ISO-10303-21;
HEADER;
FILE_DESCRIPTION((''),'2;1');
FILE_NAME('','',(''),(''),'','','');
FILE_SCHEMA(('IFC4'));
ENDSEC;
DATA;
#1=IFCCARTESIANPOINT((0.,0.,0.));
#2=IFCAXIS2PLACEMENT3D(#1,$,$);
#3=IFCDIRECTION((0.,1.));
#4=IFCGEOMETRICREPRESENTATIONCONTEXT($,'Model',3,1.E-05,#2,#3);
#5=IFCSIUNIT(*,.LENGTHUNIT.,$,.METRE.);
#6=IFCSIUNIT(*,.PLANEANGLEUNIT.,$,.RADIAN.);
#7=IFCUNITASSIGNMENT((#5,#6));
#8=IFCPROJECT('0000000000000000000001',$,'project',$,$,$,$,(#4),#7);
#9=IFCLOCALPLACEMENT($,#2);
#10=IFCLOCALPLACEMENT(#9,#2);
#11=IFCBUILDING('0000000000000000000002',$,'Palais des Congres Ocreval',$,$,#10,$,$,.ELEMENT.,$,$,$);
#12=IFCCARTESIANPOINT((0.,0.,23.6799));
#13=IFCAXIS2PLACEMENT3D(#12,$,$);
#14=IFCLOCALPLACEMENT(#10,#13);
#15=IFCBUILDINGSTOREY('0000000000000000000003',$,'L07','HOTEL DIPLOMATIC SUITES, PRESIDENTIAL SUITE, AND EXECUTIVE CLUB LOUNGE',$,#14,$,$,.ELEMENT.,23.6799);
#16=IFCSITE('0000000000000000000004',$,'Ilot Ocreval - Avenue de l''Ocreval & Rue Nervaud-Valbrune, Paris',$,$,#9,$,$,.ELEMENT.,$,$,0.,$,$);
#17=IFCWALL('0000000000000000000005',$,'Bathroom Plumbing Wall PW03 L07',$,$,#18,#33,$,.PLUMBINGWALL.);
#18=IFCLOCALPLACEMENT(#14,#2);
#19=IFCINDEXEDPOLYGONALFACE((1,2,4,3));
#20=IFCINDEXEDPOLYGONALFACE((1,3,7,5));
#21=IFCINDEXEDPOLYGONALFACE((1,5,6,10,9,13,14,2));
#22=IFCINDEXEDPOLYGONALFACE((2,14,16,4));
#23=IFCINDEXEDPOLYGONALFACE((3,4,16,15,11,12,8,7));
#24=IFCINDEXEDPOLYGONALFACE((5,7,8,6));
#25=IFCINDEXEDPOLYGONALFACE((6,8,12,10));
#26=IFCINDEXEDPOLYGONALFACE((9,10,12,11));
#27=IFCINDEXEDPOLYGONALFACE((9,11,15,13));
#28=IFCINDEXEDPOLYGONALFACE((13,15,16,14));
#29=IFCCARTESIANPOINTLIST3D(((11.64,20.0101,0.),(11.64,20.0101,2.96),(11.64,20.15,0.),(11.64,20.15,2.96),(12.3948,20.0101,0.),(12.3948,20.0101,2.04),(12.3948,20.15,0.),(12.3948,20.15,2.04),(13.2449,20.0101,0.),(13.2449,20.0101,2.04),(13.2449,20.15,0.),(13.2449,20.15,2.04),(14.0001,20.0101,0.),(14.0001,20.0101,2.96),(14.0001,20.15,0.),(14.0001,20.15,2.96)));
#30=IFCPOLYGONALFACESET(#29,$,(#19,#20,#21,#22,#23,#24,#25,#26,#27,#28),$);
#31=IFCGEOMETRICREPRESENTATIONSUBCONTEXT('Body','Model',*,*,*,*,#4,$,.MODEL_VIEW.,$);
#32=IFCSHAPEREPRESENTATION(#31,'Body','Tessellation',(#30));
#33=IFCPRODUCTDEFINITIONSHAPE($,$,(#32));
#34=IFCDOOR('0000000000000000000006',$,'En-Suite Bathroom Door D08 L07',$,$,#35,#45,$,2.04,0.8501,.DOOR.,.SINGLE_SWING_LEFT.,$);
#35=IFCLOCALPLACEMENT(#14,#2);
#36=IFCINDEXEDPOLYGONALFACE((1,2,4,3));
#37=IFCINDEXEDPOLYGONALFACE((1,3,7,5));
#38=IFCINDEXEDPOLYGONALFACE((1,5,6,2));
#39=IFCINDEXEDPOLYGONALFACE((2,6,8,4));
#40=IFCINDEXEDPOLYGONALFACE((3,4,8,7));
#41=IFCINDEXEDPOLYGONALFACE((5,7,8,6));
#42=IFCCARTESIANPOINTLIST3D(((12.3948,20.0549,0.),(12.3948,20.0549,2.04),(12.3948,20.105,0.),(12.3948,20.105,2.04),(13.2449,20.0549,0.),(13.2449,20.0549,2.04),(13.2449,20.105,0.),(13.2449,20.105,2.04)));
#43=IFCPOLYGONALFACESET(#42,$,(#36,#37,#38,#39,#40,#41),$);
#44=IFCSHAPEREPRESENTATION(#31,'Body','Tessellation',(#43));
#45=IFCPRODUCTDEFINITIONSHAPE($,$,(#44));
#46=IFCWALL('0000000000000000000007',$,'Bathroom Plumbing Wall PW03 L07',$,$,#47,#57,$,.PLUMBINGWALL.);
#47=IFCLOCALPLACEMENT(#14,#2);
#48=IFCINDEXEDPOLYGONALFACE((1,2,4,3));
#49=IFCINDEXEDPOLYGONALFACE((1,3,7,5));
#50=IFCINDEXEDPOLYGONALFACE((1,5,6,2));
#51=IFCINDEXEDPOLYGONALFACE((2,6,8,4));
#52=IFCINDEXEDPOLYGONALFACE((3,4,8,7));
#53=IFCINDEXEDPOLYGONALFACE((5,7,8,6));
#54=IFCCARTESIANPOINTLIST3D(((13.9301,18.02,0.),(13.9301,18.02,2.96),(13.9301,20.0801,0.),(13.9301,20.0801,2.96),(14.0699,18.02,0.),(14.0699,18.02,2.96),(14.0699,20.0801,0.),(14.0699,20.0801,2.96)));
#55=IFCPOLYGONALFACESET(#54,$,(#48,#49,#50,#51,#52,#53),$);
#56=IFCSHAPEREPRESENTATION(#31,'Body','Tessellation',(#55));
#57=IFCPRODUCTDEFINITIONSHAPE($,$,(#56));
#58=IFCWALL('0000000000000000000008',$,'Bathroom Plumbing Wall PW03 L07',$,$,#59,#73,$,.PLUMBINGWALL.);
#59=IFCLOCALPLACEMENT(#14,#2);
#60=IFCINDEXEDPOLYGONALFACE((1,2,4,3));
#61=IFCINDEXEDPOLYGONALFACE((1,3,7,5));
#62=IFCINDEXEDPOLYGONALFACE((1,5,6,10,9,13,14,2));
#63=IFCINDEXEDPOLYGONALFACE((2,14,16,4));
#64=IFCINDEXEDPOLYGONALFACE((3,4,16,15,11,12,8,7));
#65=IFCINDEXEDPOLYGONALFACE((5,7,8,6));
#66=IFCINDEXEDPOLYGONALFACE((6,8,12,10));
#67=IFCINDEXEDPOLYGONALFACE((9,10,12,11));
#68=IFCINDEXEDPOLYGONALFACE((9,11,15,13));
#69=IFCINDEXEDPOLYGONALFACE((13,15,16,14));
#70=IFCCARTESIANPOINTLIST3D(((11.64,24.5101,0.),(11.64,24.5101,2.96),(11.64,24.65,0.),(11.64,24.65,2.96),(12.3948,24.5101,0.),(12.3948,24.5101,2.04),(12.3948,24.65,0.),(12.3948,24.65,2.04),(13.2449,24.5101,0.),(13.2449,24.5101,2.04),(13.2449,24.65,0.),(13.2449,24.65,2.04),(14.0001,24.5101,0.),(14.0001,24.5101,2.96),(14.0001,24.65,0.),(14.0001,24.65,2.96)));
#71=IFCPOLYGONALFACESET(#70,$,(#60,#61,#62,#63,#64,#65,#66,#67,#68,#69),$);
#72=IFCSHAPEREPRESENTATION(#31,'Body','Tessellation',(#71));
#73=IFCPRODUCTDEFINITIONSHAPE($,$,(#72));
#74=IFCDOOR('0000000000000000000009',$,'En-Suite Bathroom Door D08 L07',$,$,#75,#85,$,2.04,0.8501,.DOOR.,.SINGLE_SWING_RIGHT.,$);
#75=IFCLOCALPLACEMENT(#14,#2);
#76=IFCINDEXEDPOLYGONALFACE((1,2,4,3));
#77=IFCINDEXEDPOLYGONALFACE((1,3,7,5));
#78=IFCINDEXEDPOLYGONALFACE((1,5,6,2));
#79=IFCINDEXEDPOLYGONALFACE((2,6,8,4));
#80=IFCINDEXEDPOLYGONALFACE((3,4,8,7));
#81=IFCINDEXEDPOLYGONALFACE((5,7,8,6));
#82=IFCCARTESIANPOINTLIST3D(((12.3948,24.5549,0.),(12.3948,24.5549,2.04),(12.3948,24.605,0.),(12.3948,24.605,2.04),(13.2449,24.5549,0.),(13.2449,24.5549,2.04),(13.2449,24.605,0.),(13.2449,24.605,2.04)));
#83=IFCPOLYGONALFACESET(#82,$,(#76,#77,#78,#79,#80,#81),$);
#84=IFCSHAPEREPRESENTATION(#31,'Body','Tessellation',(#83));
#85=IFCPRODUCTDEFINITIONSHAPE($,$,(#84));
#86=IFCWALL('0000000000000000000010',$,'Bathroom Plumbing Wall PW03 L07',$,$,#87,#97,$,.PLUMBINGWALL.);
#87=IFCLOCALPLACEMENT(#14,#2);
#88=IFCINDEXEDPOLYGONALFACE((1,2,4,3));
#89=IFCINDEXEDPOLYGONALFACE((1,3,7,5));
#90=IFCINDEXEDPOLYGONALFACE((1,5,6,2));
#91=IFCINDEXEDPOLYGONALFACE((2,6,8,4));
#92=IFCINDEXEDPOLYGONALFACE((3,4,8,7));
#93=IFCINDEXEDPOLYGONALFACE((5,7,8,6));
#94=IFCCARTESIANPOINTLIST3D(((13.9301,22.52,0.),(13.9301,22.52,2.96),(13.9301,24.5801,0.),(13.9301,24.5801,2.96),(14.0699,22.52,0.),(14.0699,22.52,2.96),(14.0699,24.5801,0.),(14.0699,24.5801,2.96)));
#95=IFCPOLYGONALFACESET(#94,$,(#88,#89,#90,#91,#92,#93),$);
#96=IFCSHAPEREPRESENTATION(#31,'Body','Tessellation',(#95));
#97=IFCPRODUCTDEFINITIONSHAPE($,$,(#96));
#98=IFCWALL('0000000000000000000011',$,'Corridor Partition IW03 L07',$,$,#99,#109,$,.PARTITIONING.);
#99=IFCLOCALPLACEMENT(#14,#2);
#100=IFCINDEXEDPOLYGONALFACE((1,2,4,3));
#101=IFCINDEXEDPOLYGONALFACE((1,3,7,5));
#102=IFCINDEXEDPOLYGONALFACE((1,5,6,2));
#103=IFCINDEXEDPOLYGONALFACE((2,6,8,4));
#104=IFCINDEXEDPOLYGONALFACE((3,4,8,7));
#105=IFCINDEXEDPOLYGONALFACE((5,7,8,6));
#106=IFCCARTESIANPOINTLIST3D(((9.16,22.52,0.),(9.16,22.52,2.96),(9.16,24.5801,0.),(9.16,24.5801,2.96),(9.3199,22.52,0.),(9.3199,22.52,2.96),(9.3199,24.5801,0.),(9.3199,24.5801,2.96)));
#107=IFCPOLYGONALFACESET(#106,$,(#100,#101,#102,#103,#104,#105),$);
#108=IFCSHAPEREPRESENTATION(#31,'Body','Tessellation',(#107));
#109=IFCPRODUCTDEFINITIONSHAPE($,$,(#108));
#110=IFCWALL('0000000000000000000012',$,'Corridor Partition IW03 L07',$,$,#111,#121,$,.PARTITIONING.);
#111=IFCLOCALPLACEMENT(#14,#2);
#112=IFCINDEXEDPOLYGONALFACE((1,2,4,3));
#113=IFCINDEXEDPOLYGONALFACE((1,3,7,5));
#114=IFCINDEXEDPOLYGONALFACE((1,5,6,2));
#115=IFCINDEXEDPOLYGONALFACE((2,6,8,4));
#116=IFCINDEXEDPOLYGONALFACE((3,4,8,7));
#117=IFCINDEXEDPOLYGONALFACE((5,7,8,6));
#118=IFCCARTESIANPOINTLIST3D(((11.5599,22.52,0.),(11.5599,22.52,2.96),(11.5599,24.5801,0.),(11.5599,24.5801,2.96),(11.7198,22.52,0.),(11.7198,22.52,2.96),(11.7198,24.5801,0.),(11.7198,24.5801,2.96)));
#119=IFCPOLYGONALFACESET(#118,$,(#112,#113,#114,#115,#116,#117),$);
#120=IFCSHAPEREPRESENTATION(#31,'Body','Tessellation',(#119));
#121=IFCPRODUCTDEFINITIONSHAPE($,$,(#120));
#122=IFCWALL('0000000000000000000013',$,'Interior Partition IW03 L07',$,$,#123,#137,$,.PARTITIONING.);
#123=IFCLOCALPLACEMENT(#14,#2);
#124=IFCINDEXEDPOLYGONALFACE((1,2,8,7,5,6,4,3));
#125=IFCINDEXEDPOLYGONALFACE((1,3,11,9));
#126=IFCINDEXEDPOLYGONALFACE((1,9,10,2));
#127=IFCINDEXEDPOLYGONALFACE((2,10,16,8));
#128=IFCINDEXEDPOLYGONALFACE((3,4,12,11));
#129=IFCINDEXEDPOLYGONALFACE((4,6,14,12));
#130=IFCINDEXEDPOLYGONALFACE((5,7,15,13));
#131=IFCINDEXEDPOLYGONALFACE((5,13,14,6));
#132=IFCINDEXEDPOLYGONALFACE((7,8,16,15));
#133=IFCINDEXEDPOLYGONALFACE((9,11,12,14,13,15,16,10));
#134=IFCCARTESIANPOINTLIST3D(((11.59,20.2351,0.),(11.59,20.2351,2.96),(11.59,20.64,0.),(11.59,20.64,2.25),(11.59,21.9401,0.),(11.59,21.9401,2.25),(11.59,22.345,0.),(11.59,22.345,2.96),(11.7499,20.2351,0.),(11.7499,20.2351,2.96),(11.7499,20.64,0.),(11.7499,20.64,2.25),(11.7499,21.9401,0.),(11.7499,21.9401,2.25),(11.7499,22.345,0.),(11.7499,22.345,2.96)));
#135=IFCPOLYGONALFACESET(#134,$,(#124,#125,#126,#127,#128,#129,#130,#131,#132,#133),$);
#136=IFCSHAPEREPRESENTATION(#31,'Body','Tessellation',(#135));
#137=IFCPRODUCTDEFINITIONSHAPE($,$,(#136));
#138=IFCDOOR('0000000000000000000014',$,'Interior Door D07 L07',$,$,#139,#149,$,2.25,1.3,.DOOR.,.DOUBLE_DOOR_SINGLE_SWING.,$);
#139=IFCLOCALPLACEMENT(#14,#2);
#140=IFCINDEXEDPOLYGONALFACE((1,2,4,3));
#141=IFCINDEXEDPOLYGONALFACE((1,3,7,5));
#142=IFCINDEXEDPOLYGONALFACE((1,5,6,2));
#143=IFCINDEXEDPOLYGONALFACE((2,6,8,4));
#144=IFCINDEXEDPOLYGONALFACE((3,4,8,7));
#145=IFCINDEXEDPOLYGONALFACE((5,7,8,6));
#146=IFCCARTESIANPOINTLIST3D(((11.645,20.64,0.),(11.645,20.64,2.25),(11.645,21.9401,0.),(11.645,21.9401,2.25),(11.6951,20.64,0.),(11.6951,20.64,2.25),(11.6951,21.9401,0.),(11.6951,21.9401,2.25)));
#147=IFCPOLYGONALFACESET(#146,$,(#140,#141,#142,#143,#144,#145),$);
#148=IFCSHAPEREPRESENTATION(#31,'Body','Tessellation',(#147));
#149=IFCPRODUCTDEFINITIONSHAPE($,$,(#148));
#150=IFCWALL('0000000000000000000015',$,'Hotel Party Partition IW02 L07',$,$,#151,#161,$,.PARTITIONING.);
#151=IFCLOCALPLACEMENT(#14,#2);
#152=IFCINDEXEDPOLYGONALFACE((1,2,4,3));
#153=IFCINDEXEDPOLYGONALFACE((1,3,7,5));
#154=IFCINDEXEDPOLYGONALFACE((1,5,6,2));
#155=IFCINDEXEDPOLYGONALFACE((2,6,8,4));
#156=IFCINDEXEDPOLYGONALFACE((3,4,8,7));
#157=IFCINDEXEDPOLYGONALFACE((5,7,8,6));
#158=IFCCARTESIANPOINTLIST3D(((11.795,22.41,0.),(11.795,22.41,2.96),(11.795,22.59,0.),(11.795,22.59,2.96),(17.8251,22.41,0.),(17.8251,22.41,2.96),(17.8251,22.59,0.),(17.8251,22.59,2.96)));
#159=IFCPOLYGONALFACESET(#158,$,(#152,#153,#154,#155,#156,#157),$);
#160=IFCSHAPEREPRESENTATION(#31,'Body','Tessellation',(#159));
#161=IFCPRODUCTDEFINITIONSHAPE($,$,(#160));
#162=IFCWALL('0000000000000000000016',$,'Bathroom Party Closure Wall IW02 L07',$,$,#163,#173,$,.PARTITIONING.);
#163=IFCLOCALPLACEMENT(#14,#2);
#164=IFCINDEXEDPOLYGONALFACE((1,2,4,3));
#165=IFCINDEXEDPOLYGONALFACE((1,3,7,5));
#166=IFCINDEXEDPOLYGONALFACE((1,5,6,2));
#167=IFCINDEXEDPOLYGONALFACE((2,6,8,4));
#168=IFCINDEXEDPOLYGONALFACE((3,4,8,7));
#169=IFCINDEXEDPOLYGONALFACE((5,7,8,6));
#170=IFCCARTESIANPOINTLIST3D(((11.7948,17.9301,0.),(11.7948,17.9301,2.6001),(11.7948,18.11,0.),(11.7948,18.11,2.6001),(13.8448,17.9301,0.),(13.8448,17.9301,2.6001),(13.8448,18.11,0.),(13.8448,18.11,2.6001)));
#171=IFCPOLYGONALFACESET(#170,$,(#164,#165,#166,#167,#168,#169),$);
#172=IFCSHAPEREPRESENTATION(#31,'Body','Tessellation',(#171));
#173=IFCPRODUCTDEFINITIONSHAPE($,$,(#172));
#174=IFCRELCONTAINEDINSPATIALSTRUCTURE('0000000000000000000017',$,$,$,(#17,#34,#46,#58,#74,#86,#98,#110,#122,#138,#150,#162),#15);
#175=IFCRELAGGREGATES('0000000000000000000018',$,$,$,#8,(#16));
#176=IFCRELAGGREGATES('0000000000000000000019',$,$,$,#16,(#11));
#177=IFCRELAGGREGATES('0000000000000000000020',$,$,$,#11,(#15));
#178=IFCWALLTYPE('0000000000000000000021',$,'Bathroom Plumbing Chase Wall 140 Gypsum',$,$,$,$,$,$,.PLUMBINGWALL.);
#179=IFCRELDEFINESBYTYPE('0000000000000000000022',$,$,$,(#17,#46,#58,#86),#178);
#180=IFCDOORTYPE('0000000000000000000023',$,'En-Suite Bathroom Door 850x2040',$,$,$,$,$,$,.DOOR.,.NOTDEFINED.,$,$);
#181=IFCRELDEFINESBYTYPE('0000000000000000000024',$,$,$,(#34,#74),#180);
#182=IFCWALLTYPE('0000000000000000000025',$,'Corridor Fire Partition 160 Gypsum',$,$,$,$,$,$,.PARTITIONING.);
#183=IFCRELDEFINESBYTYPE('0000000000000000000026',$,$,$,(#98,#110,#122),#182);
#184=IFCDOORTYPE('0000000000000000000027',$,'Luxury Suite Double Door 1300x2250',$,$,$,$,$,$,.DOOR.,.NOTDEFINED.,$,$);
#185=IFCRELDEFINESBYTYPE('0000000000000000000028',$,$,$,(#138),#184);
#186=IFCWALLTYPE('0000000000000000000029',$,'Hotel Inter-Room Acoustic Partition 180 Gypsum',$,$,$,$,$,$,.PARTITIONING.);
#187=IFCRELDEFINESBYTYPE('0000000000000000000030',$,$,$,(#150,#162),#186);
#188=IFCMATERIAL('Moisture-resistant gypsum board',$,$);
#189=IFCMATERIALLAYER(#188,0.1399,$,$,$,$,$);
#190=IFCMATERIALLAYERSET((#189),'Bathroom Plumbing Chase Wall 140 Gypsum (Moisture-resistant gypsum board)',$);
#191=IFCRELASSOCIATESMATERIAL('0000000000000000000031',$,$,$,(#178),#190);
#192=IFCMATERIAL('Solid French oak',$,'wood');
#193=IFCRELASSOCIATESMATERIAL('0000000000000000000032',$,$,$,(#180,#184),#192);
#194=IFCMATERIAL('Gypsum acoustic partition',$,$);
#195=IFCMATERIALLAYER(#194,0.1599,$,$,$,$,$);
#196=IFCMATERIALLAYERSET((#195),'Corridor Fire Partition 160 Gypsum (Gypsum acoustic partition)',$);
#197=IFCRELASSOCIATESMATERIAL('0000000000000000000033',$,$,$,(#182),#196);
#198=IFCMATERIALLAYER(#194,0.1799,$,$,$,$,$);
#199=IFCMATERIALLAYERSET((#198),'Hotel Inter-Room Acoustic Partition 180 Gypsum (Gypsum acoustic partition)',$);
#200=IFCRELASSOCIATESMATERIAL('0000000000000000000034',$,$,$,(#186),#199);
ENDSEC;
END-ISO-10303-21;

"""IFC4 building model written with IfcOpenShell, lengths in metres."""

from ifc_helpers import new_model, si_unit, direction, frame, frame_2d, origin, place, context, subcontext, project, spatial, rectangle, extrude, material, layer, layer_set, type_object, element, fill, save


model = new_model("IFC4")

# Units and contexts
model_context = context("Model", 3, precision=1e-05, world=origin(), true_north=direction((0.0, 1.0)))
body_context = subcontext(model_context, "Body", "Model", "MODEL_VIEW")
ifc_project = project(units=[si_unit("LENGTHUNIT", "METRE"), si_unit("PLANEANGLEUNIT", "RADIAN")], contexts=[model_context])

# Site, building, storey
site_placement = place(None, origin())
site = spatial("IfcSite", under=ifc_project, at=site_placement, Name="Ilot Ocreval - Avenue de l'Ocreval & Rue Nervaud-Valbrune, Paris", CompositionType="ELEMENT", RefElevation=0.0)
building_placement = place(site_placement, origin())
building = spatial("IfcBuilding", under=site, at=building_placement, Name="Palais des Congres Ocreval", CompositionType="ELEMENT")
storey_placement = place(building_placement, frame((0.0, 0.0, 23.6799)))
storey = spatial("IfcBuildingStorey", under=building, at=storey_placement, Name="L07", Description="HOTEL DIPLOMATIC SUITES, PRESIDENTIAL SUITE, AND EXECUTIVE CLUB LOUNGE", CompositionType="ELEMENT", Elevation=23.6799)

# Wall, opening, door
ifc_material_1 = material(Name="Moisture-resistant gypsum board")
ifc_layer_1 = layer(ifc_material_1, 0.1399)
ifc_layer_set_1 = layer_set([ifc_layer_1], Name="Bathroom Plumbing Chase Wall 140 Gypsum (Moisture-resistant gypsum board)")
wall_type_1 = type_object("IfcWallType", Name="Bathroom Plumbing Chase Wall 140 Gypsum", PredefinedType="PLUMBINGWALL", material=ifc_layer_set_1)
wall_1_placement = place(storey_placement, frame((11.6399, 20.0801, 0.0), z_axis=(0.0, 0.0, 1.0), x_axis=(1.0, 0.0, 0.0)))
wall_1 = element("IfcWall", 1, at=wall_1_placement, inside=storey, type_object=wall_type_1, Name="Bathroom Plumbing Wall PW03 L07", PredefinedType="PLUMBINGWALL", context=body_context, shape_type="SweptSolid", body=[
    extrude(rectangle(XDim=2.3601, YDim=0.1399, at=frame_2d((1.1802, 0.0))), origin(), (0.0, 0.0, 1.0), 2.96),
])
opening_1_placement = place(wall_1_placement, frame((0.7549, 0.0, 0.0)))
opening_1 = element("IfcOpeningElement", 2, at=opening_1_placement, cuts=wall_1, PredefinedType="OPENING", context=body_context, shape_type="SweptSolid", body=[
    extrude(rectangle(XDim=0.8501, YDim=2.04, at=frame_2d((0.425, 1.02))), frame((0.0, 0.0798, 0.0), z_axis=(0.0, -1.0, 0.0), x_axis=(1.0, 0.0, 0.0)), (0.0, 0.0, 1.0), 0.1599),
])
ifc_material_2 = material(Name="Solid French oak", Category="wood")
door_type_1 = type_object("IfcDoorType", Name="En-Suite Bathroom Door 850x2040", OperationType="NOTDEFINED", PredefinedType="DOOR", material=ifc_material_2)
door_1_placement = place(opening_1_placement, origin())
door_1 = element("IfcDoor", 3, at=door_1_placement, inside=storey, type_object=door_type_1, Name="En-Suite Bathroom Door D08 L07", OperationType="SINGLE_SWING_LEFT", OverallHeight=2.04, OverallWidth=0.8501, PredefinedType="DOOR", context=body_context, shape_type="SweptSolid", body=[
    extrude(rectangle(XDim=0.8501, YDim=2.04, at=frame_2d((0.425, 1.02))), frame((0.0, 0.0249, 0.0), z_axis=(0.0, -1.0, 0.0), x_axis=(1.0, 0.0, 0.0)), (0.0, 0.0, 1.0), 0.05),
])
fill(opening_1, door_1)

# Wall
wall_2_placement = place(storey_placement, frame((14.0, 18.02, 0.0), z_axis=(0.0, 0.0, 1.0), x_axis=(0.0, 1.0, 0.0)))
element("IfcWall", 4, at=wall_2_placement, inside=storey, type_object=wall_type_1, Name="Bathroom Plumbing Wall PW03 L07", PredefinedType="PLUMBINGWALL", context=body_context, shape_type="SweptSolid", body=[
    extrude(rectangle(XDim=2.0601, YDim=0.1399, at=frame_2d((1.03, 0.0))), origin(), (0.0, 0.0, 1.0), 2.96),
])

# Wall, opening, door
wall_3_placement = place(storey_placement, frame((11.6399, 24.5801, 0.0), z_axis=(0.0, 0.0, 1.0), x_axis=(1.0, 0.0, 0.0)))
wall_3 = element("IfcWall", 5, at=wall_3_placement, inside=storey, type_object=wall_type_1, Name="Bathroom Plumbing Wall PW03 L07", PredefinedType="PLUMBINGWALL", context=body_context, shape_type="SweptSolid", body=[
    extrude(rectangle(XDim=2.3601, YDim=0.1399, at=frame_2d((1.1802, 0.0))), origin(), (0.0, 0.0, 1.0), 2.96),
])
opening_2_placement = place(wall_3_placement, frame((0.7549, 0.0, 0.0)))
opening_2 = element("IfcOpeningElement", 6, at=opening_2_placement, cuts=wall_3, PredefinedType="OPENING", context=body_context, shape_type="SweptSolid", body=[
    extrude(rectangle(XDim=0.8501, YDim=2.04, at=frame_2d((0.425, 1.02))), frame((0.0, 0.0798, 0.0), z_axis=(0.0, -1.0, 0.0), x_axis=(1.0, 0.0, 0.0)), (0.0, 0.0, 1.0), 0.1599),
])
door_2_placement = place(opening_2_placement, origin())
door_2 = element("IfcDoor", 7, at=door_2_placement, inside=storey, type_object=door_type_1, Name="En-Suite Bathroom Door D08 L07", OperationType="SINGLE_SWING_RIGHT", OverallHeight=2.04, OverallWidth=0.8501, PredefinedType="DOOR", context=body_context, shape_type="SweptSolid", body=[
    extrude(rectangle(XDim=0.8501, YDim=2.04, at=frame_2d((0.425, 1.02))), frame((0.0, 0.0249, 0.0), z_axis=(0.0, -1.0, 0.0), x_axis=(1.0, 0.0, 0.0)), (0.0, 0.0, 1.0), 0.05),
])
fill(opening_2, door_2)

# Walls
wall_4_placement = place(storey_placement, frame((14.0, 22.52, 0.0), z_axis=(0.0, 0.0, 1.0), x_axis=(0.0, 1.0, 0.0)))
element("IfcWall", 8, at=wall_4_placement, inside=storey, type_object=wall_type_1, Name="Bathroom Plumbing Wall PW03 L07", PredefinedType="PLUMBINGWALL", context=body_context, shape_type="SweptSolid", body=[
    extrude(rectangle(XDim=2.0601, YDim=0.1399, at=frame_2d((1.03, 0.0))), origin(), (0.0, 0.0, 1.0), 2.96),
])
ifc_material_3 = material(Name="Gypsum acoustic partition")
ifc_layer_2 = layer(ifc_material_3, 0.1599)
ifc_layer_set_2 = layer_set([ifc_layer_2], Name="Corridor Fire Partition 160 Gypsum (Gypsum acoustic partition)")
wall_type_2 = type_object("IfcWallType", Name="Corridor Fire Partition 160 Gypsum", PredefinedType="PARTITIONING", material=ifc_layer_set_2)
for number, where, z_axis, x_axis, name in (
    (9, (9.24, 22.52, 0.0), (0.0, 0.0, 1.0), (0.0, 1.0, 0.0), "Corridor Partition IW03 L07"),
    (10, (11.6399, 22.52, 0.0), (0.0, 0.0, 1.0), (0.0, 1.0, 0.0), "Corridor Partition IW03 L07"),
):
    element("IfcWall", number, at=place(storey_placement, frame(where, z_axis=z_axis, x_axis=x_axis)), inside=storey, type_object=wall_type_2, Name=name, PredefinedType="PARTITIONING", context=body_context, shape_type="SweptSolid", body=[
        extrude(rectangle(XDim=2.0601, YDim=0.1599, at=frame_2d((1.03, 0.0))), origin(), (0.0, 0.0, 1.0), 2.96),
    ])

# Wall, opening, door
wall_5_placement = place(storey_placement, frame((11.6699, 20.2351, 0.0), z_axis=(0.0, 0.0, 1.0), x_axis=(0.0, 1.0, 0.0)))
wall_5 = element("IfcWall", 11, at=wall_5_placement, inside=storey, type_object=wall_type_2, Name="Interior Partition IW03 L07", PredefinedType="PARTITIONING", context=body_context, shape_type="SweptSolid", body=[
    extrude(rectangle(XDim=2.1099, YDim=0.1599, at=frame_2d((1.0549, 0.0))), origin(), (0.0, 0.0, 1.0), 2.96),
])
opening_3_placement = place(wall_5_placement, frame((0.405, 0.0, 0.0)))
opening_3 = element("IfcOpeningElement", 12, at=opening_3_placement, cuts=wall_5, PredefinedType="OPENING", context=body_context, shape_type="SweptSolid", body=[
    extrude(rectangle(XDim=1.3, YDim=2.25, at=frame_2d((0.6499, 1.125))), frame((0.0, 0.0898, 0.0), z_axis=(0.0, -1.0, 0.0), x_axis=(1.0, 0.0, 0.0)), (0.0, 0.0, 1.0), 0.1799),
])
door_type_2 = type_object("IfcDoorType", Name="Luxury Suite Double Door 1300x2250", OperationType="NOTDEFINED", PredefinedType="DOOR", material=ifc_material_2)
door_3_placement = place(opening_3_placement, origin())
door_3 = element("IfcDoor", 13, at=door_3_placement, inside=storey, type_object=door_type_2, Name="Interior Door D07 L07", OperationType="DOUBLE_DOOR_SINGLE_SWING", OverallHeight=2.25, OverallWidth=1.3, PredefinedType="DOOR", context=body_context, shape_type="SweptSolid", body=[
    extrude(rectangle(XDim=1.3, YDim=2.25, at=frame_2d((0.6499, 1.125))), frame((0.0, 0.0249, 0.0), z_axis=(0.0, -1.0, 0.0), x_axis=(1.0, 0.0, 0.0)), (0.0, 0.0, 1.0), 0.05),
])
fill(opening_3, door_3)

# Walls
ifc_layer_3 = layer(ifc_material_3, 0.1799)
ifc_layer_set_3 = layer_set([ifc_layer_3], Name="Hotel Inter-Room Acoustic Partition 180 Gypsum (Gypsum acoustic partition)")
wall_type_3 = type_object("IfcWallType", Name="Hotel Inter-Room Acoustic Partition 180 Gypsum", PredefinedType="PARTITIONING", material=ifc_layer_set_3)
wall_6_placement = place(storey_placement, frame((11.7949, 22.5, 0.0), z_axis=(0.0, 0.0, 1.0), x_axis=(1.0, 0.0, 0.0)))
element("IfcWall", 14, at=wall_6_placement, inside=storey, type_object=wall_type_3, Name="Hotel Party Partition IW02 L07", PredefinedType="PARTITIONING", context=body_context, shape_type="SweptSolid", body=[
    extrude(rectangle(XDim=6.03, YDim=0.1799, at=frame_2d((3.0151, 0.0))), origin(), (0.0, 0.0, 1.0), 2.96),
])
wall_7_placement = place(storey_placement, frame((11.7949, 18.02, 0.0), z_axis=(0.0, 0.0, 1.0), x_axis=(1.0, 0.0, 0.0)))
element("IfcWall", 15, at=wall_7_placement, inside=storey, type_object=wall_type_3, Name="Bathroom Party Closure Wall IW02 L07", PredefinedType="PARTITIONING", context=body_context, shape_type="SweptSolid", body=[
    extrude(rectangle(XDim=2.05, YDim=0.1799, at=frame_2d((1.0249, 0.0))), origin(), (0.0, 0.0, 1.0), 2.6001),
])

save(model, "model.ifc")
